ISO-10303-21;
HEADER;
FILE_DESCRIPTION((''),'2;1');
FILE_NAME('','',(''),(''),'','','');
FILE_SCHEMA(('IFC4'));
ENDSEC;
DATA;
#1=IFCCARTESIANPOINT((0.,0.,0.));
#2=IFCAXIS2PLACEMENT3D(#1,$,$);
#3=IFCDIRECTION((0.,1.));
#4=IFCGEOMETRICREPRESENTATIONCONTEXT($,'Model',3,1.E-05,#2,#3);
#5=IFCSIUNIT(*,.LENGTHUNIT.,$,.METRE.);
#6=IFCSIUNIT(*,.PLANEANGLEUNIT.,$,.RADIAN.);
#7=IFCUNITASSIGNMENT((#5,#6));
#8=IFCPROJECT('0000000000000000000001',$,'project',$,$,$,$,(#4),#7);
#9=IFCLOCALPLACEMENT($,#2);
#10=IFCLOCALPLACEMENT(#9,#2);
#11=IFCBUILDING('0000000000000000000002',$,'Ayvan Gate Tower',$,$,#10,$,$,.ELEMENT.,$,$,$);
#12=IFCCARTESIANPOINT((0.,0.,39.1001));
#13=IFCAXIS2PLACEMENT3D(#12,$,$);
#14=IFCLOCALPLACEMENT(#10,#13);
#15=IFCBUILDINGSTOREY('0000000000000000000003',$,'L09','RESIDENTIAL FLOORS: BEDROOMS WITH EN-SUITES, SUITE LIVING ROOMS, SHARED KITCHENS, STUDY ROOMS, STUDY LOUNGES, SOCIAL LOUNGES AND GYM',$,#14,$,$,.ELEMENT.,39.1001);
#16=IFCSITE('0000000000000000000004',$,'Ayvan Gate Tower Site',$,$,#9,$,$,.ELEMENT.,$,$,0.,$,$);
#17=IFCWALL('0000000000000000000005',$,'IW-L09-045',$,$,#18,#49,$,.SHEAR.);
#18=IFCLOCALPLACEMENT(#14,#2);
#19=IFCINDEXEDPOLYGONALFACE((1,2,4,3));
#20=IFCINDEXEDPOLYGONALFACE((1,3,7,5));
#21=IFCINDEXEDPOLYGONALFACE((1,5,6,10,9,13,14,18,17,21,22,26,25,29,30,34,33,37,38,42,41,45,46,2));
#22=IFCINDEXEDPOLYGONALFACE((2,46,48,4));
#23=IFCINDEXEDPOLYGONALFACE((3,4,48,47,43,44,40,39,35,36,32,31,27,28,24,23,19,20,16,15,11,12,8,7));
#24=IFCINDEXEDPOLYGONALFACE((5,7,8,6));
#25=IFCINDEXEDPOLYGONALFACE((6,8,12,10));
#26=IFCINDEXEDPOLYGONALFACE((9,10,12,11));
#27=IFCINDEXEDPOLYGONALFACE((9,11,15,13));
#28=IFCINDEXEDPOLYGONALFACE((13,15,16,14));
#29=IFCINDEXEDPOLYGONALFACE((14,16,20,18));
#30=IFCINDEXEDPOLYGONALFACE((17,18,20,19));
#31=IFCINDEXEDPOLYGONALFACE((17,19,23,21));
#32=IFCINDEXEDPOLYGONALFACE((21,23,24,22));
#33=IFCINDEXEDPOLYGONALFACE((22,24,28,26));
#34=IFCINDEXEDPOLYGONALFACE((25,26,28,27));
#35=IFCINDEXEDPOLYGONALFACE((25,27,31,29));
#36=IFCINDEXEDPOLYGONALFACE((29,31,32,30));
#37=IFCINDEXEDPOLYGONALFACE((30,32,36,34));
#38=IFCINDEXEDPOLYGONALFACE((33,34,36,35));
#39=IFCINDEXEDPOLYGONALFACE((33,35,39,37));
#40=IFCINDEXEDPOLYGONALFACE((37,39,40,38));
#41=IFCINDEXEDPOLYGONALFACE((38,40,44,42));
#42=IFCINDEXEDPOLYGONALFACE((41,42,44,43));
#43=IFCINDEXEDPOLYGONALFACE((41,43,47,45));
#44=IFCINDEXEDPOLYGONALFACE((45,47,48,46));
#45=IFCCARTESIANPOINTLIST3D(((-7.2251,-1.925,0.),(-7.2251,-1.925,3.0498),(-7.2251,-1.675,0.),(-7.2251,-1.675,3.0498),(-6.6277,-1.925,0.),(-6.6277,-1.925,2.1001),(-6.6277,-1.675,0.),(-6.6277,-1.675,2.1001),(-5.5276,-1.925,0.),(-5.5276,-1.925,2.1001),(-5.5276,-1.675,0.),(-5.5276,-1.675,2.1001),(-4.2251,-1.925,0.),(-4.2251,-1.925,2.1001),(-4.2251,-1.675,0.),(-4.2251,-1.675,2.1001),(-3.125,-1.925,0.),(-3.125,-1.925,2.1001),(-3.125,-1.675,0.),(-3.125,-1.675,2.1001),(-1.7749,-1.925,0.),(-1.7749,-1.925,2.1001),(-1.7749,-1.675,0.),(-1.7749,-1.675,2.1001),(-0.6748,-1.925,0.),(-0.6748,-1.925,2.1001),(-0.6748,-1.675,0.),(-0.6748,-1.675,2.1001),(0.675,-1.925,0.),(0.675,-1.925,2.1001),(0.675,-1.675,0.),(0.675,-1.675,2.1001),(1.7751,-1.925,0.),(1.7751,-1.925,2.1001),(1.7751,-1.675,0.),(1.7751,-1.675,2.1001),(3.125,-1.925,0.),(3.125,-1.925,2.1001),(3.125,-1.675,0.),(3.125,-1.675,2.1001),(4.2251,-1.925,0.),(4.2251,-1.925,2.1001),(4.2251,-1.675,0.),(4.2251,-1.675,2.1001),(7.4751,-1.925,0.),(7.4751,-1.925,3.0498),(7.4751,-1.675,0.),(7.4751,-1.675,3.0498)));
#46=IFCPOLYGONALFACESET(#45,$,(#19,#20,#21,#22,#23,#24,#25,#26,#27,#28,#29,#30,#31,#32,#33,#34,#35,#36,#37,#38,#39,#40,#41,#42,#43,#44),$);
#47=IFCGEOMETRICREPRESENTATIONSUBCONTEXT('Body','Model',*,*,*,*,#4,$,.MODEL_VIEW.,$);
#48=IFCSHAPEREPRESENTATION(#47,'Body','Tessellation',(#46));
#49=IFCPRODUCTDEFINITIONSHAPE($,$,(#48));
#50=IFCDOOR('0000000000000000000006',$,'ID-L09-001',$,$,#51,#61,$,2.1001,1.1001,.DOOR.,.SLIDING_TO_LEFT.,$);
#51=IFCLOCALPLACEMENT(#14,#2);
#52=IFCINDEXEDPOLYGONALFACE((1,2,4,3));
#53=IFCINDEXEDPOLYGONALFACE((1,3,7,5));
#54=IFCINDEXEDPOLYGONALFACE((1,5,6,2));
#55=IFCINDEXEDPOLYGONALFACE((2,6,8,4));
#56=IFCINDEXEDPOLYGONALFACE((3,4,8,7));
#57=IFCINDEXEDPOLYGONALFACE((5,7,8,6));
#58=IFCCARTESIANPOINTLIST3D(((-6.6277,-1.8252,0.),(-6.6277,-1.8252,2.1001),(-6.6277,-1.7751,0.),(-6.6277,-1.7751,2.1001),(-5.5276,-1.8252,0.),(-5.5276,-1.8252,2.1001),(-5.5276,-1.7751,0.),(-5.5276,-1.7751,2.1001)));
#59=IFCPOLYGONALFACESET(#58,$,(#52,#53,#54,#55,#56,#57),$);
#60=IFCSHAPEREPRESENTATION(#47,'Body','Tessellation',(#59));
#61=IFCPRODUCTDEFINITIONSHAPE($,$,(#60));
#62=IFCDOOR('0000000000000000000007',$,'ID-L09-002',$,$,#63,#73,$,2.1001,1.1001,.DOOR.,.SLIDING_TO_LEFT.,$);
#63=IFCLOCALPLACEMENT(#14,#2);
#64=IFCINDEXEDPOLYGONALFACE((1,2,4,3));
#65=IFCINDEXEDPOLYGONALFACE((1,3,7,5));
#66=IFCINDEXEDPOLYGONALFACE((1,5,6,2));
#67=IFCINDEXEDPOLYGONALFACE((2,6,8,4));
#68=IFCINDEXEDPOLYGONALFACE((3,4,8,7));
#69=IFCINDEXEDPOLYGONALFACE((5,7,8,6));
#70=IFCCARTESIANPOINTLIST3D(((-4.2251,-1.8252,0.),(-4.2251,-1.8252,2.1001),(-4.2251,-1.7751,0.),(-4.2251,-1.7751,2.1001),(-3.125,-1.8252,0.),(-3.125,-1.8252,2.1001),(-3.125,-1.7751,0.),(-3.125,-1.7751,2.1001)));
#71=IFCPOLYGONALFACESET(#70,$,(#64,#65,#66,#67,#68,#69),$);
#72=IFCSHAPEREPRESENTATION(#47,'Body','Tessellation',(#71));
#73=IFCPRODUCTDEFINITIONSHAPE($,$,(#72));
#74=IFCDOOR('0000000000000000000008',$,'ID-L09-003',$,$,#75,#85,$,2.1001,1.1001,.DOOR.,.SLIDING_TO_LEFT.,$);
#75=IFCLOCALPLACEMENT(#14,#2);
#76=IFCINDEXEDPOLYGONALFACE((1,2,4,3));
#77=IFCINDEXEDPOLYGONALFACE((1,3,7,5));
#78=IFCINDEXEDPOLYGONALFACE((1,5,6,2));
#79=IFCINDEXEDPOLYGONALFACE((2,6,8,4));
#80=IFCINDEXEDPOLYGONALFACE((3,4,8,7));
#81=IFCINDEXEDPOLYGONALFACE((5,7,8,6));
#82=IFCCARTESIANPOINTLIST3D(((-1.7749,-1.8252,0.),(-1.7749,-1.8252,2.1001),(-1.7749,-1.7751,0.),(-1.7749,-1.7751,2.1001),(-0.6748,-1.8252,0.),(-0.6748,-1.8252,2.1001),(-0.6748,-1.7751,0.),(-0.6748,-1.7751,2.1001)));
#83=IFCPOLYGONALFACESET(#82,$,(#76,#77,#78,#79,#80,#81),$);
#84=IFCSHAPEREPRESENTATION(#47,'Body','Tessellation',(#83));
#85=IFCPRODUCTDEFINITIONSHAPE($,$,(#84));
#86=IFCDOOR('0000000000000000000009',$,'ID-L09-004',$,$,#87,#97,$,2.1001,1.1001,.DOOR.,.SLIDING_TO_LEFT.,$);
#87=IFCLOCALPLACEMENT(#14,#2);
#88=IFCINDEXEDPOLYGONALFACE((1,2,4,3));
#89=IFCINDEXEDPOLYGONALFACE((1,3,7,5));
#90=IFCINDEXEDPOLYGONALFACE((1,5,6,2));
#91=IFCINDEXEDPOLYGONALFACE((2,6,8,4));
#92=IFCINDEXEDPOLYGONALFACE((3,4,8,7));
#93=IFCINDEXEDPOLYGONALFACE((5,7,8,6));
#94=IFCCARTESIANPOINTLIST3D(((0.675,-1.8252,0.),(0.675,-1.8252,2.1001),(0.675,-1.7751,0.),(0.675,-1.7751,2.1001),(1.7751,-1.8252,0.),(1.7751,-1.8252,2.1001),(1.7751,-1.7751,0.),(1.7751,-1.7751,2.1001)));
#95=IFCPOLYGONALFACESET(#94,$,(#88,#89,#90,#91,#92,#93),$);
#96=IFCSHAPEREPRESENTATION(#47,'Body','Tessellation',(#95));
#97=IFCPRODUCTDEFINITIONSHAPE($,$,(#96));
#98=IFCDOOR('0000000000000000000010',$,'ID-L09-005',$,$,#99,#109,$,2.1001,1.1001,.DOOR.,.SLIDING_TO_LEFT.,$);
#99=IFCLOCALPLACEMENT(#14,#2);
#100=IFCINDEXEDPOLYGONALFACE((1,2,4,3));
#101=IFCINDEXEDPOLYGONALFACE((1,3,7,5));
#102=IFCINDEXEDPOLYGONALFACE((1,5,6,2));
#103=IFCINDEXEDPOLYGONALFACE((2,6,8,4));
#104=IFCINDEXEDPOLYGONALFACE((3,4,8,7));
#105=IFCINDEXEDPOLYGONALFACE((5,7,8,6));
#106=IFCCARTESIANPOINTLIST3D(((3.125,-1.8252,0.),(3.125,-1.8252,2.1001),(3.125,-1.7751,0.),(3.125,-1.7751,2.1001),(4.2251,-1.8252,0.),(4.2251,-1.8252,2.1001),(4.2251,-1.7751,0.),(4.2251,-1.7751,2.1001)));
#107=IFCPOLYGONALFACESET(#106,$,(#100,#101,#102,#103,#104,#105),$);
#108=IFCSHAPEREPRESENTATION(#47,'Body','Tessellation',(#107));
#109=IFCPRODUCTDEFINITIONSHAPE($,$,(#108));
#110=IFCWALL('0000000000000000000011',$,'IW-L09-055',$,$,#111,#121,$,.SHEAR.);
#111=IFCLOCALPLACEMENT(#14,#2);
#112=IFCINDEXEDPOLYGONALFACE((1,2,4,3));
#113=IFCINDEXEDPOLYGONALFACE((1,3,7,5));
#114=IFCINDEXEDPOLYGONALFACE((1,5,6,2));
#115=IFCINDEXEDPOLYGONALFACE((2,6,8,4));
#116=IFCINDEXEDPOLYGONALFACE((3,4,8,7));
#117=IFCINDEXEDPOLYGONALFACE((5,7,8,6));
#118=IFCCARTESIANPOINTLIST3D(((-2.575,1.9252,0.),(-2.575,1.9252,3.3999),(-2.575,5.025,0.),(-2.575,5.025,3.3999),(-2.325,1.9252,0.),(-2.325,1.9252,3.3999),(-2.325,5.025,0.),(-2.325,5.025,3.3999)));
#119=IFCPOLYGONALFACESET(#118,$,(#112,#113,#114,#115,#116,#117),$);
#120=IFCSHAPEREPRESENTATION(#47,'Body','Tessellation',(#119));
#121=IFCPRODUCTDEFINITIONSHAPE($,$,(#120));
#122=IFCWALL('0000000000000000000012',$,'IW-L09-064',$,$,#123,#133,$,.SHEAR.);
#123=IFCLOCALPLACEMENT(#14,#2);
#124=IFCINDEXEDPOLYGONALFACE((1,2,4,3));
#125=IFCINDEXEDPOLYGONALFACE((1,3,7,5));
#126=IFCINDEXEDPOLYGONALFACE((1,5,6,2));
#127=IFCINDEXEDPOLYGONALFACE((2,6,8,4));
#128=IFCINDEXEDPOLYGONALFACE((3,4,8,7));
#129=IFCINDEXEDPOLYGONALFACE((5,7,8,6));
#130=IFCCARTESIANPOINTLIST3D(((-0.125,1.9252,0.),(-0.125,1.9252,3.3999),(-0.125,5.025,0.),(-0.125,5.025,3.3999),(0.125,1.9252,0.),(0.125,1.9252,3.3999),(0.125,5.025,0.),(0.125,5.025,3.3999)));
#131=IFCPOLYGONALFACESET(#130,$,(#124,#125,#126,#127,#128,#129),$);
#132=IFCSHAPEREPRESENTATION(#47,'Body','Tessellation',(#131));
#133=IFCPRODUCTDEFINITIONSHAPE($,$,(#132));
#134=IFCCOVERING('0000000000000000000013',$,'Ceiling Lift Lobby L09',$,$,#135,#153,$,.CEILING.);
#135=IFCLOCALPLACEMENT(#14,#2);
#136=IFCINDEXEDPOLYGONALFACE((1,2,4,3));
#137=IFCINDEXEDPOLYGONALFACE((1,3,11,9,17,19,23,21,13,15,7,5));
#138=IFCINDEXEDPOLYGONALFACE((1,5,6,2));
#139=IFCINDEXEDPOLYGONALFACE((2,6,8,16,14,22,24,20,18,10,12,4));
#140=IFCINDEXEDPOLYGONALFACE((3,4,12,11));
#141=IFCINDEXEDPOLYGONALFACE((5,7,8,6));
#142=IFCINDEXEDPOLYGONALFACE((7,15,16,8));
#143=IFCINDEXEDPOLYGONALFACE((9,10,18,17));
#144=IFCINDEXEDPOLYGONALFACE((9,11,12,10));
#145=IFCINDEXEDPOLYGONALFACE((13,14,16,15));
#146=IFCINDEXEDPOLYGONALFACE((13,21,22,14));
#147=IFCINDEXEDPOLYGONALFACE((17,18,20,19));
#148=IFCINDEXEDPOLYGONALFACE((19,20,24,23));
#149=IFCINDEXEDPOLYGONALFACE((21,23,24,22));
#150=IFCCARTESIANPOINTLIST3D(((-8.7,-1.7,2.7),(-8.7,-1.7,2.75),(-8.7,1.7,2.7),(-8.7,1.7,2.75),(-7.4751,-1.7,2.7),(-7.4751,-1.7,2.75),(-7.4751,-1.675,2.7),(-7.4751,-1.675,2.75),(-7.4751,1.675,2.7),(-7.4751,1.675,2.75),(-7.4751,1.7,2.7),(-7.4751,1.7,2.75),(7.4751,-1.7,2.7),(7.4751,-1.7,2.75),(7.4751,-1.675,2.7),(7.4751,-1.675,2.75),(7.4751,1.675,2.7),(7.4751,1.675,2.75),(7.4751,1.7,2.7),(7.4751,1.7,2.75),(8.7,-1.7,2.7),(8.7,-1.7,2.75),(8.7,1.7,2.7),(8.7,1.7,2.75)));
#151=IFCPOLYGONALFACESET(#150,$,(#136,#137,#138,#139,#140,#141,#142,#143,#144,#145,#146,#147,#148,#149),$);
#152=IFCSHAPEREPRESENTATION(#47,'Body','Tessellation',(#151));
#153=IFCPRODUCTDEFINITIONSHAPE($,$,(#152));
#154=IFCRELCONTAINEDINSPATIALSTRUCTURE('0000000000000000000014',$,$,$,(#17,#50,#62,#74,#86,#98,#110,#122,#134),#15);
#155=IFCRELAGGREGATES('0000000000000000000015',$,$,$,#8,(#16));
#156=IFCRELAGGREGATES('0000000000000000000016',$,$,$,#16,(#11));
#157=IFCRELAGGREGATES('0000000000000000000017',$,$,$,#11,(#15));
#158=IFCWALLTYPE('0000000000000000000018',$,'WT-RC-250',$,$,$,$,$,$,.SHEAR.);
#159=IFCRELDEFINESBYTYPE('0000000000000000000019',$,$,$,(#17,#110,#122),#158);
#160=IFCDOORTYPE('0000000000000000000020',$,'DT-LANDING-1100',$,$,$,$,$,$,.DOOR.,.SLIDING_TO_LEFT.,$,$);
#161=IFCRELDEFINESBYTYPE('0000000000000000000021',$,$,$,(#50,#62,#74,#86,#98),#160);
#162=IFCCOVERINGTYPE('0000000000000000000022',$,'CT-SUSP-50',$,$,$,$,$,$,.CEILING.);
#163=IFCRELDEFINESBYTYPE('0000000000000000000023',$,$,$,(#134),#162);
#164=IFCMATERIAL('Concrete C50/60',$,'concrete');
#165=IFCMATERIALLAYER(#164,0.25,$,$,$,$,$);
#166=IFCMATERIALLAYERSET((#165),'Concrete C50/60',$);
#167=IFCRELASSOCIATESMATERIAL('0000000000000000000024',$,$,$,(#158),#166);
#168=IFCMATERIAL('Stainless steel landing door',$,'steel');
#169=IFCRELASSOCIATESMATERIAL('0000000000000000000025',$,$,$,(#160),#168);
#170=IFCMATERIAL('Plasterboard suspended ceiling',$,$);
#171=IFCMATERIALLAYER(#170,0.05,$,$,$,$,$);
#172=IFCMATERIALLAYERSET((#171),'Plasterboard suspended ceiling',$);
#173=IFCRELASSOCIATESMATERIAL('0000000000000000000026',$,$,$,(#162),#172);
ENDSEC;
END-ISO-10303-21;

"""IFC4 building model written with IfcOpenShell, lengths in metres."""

from ifc_helpers import new_model, si_unit, direction, frame, frame_2d, origin, place, context, subcontext, project, spatial, polyline, rectangle, outline, extrude, material, layer, layer_set, type_object, element, fill, save


model = new_model("IFC4")

# Units and contexts
model_context = context("Model", 3, precision=1e-05, world=origin(), true_north=direction((0.0, 1.0)))
body_context = subcontext(model_context, "Body", "Model", "MODEL_VIEW")
ifc_project = project(units=[si_unit("LENGTHUNIT", "METRE"), si_unit("PLANEANGLEUNIT", "RADIAN")], contexts=[model_context])

# Site, building, storey
site_placement = place(None, origin())
site = spatial("IfcSite", under=ifc_project, at=site_placement, Name="Ayvan Gate Tower Site", CompositionType="ELEMENT", RefElevation=0.0)
building_placement = place(site_placement, origin())
building = spatial("IfcBuilding", under=site, at=building_placement, Name="Ayvan Gate Tower", CompositionType="ELEMENT")
storey_placement = place(building_placement, frame((0.0, 0.0, 39.1001)))
storey = spatial("IfcBuildingStorey", under=building, at=storey_placement, Name="L09", Description="RESIDENTIAL FLOORS: BEDROOMS WITH EN-SUITES, SUITE LIVING ROOMS, SHARED KITCHENS, STUDY ROOMS, STUDY LOUNGES, SOCIAL LOUNGES AND GYM", CompositionType="ELEMENT", Elevation=39.1001)

# Shared definitions
ifc_material_1 = material(Name="Concrete C50/60", Category="concrete")
ifc_layer_1 = layer(ifc_material_1, 0.25)
ifc_layer_set_1 = layer_set([ifc_layer_1], Name="Concrete C50/60")
wall_type_1 = type_object("IfcWallType", Name="WT-RC-250", PredefinedType="SHEAR", material=ifc_layer_set_1)

# Wall, openings, doors
wall_1_placement = place(storey_placement, frame((-7.2251, -1.8, 0.0), z_axis=(0.0, 0.0, 1.0), x_axis=(1.0, 0.0, 0.0)))
wall_1 = element("IfcWall", 1, at=wall_1_placement, inside=storey, type_object=wall_type_1, Name="IW-L09-045", PredefinedType="SHEAR", context=body_context, shape_type="SweptSolid", body=[
    extrude(rectangle(XDim=14.7002, YDim=0.25, at=frame_2d((7.3501, 0.0))), origin(), (0.0, 0.0, 1.0), 3.0498),
])
opening_1_placement = place(wall_1_placement, frame((0.5974, 0.0, 0.0)))
opening_1 = element("IfcOpeningElement", 2, at=opening_1_placement, cuts=wall_1, PredefinedType="OPENING", context=body_context, shape_type="SweptSolid", body=[
    extrude(rectangle(XDim=1.1001, YDim=2.1001, at=frame_2d((0.55, 1.05))), frame((0.0, 0.135, 0.0), z_axis=(0.0, -1.0, 0.0), x_axis=(1.0, 0.0, 0.0)), (0.0, 0.0, 1.0), 0.27),
])
opening_2_placement = place(wall_1_placement, frame((3.0, 0.0, 0.0)))
opening_2 = element("IfcOpeningElement", 3, at=opening_2_placement, cuts=wall_1, PredefinedType="OPENING", context=body_context, shape_type="SweptSolid", body=[
    extrude(rectangle(XDim=1.1001, YDim=2.1001, at=frame_2d((0.55, 1.05))), frame((0.0, 0.135, 0.0), z_axis=(0.0, -1.0, 0.0), x_axis=(1.0, 0.0, 0.0)), (0.0, 0.0, 1.0), 0.27),
])
opening_3_placement = place(wall_1_placement, frame((5.4502, 0.0, 0.0)))
opening_3 = element("IfcOpeningElement", 4, at=opening_3_placement, cuts=wall_1, PredefinedType="OPENING", context=body_context, shape_type="SweptSolid", body=[
    extrude(rectangle(XDim=1.1001, YDim=2.1001, at=frame_2d((0.55, 1.05))), frame((0.0, 0.135, 0.0), z_axis=(0.0, -1.0, 0.0), x_axis=(1.0, 0.0, 0.0)), (0.0, 0.0, 1.0), 0.27),
])
opening_4_placement = place(wall_1_placement, frame((7.9001, 0.0, 0.0)))
opening_4 = element("IfcOpeningElement", 5, at=opening_4_placement, cuts=wall_1, PredefinedType="OPENING", context=body_context, shape_type="SweptSolid", body=[
    extrude(rectangle(XDim=1.1001, YDim=2.1001, at=frame_2d((0.55, 1.05))), frame((0.0, 0.135, 0.0), z_axis=(0.0, -1.0, 0.0), x_axis=(1.0, 0.0, 0.0)), (0.0, 0.0, 1.0), 0.27),
])
opening_5_placement = place(wall_1_placement, frame((10.3501, 0.0, 0.0)))
opening_5 = element("IfcOpeningElement", 6, at=opening_5_placement, cuts=wall_1, PredefinedType="OPENING", context=body_context, shape_type="SweptSolid", body=[
    extrude(rectangle(XDim=1.1001, YDim=2.1001, at=frame_2d((0.55, 1.05))), frame((0.0, 0.135, 0.0), z_axis=(0.0, -1.0, 0.0), x_axis=(1.0, 0.0, 0.0)), (0.0, 0.0, 1.0), 0.27),
])
ifc_material_2 = material(Name="Stainless steel landing door", Category="steel")
door_type = type_object("IfcDoorType", Name="DT-LANDING-1100", OperationType="SLIDING_TO_LEFT", PredefinedType="DOOR", material=ifc_material_2)
door_1_placement = place(opening_1_placement, origin())
door_1 = element("IfcDoor", 7, at=door_1_placement, inside=storey, type_object=door_type, Name="ID-L09-001", OperationType="SLIDING_TO_LEFT", OverallHeight=2.1001, OverallWidth=1.1001, PredefinedType="DOOR", context=body_context, shape_type="SweptSolid", body=[
    extrude(rectangle(XDim=1.1001, YDim=2.1001, at=frame_2d((0.55, 1.05))), frame((0.0, 0.0249, 0.0), z_axis=(0.0, -1.0, 0.0), x_axis=(1.0, 0.0, 0.0)), (0.0, 0.0, 1.0), 0.05),
])
fill(opening_1, door_1)
door_2_placement = place(opening_2_placement, origin())
door_2 = element("IfcDoor", 8, at=door_2_placement, inside=storey, type_object=door_type, Name="ID-L09-002", OperationType="SLIDING_TO_LEFT", OverallHeight=2.1001, OverallWidth=1.1001, PredefinedType="DOOR", context=body_context, shape_type="SweptSolid", body=[
    extrude(rectangle(XDim=1.1001, YDim=2.1001, at=frame_2d((0.55, 1.05))), frame((0.0, 0.0249, 0.0), z_axis=(0.0, -1.0, 0.0), x_axis=(1.0, 0.0, 0.0)), (0.0, 0.0, 1.0), 0.05),
])
fill(opening_2, door_2)
door_3_placement = place(opening_3_placement, origin())
door_3 = element("IfcDoor", 9, at=door_3_placement, inside=storey, type_object=door_type, Name="ID-L09-003", OperationType="SLIDING_TO_LEFT", OverallHeight=2.1001, OverallWidth=1.1001, PredefinedType="DOOR", context=body_context, shape_type="SweptSolid", body=[
    extrude(rectangle(XDim=1.1001, YDim=2.1001, at=frame_2d((0.55, 1.05))), frame((0.0, 0.0249, 0.0), z_axis=(0.0, -1.0, 0.0), x_axis=(1.0, 0.0, 0.0)), (0.0, 0.0, 1.0), 0.05),
])
fill(opening_3, door_3)
door_4_placement = place(opening_4_placement, origin())
door_4 = element("IfcDoor", 10, at=door_4_placement, inside=storey, type_object=door_type, Name="ID-L09-004", OperationType="SLIDING_TO_LEFT", OverallHeight=2.1001, OverallWidth=1.1001, PredefinedType="DOOR", context=body_context, shape_type="SweptSolid", body=[
    extrude(rectangle(XDim=1.1001, YDim=2.1001, at=frame_2d((0.55, 1.05))), frame((0.0, 0.0249, 0.0), z_axis=(0.0, -1.0, 0.0), x_axis=(1.0, 0.0, 0.0)), (0.0, 0.0, 1.0), 0.05),
])
fill(opening_4, door_4)
door_5_placement = place(opening_5_placement, origin())
door_5 = element("IfcDoor", 11, at=door_5_placement, inside=storey, type_object=door_type, Name="ID-L09-005", OperationType="SLIDING_TO_LEFT", OverallHeight=2.1001, OverallWidth=1.1001, PredefinedType="DOOR", context=body_context, shape_type="SweptSolid", body=[
    extrude(rectangle(XDim=1.1001, YDim=2.1001, at=frame_2d((0.55, 1.05))), frame((0.0, 0.0249, 0.0), z_axis=(0.0, -1.0, 0.0), x_axis=(1.0, 0.0, 0.0)), (0.0, 0.0, 1.0), 0.05),
])
fill(opening_5, door_5)

# Walls
for number, where, z_axis, x_axis, name in (
    (12, (-2.45, 5.0249, 0.0), (0.0, 0.0, 1.0), (0.0, -1.0, 0.0), "IW-L09-055"),
    (13, (0.0, 5.0249, 0.0), (0.0, 0.0, 1.0), (0.0, -1.0, 0.0), "IW-L09-064"),
):
    element("IfcWall", number, at=place(storey_placement, frame(where, z_axis=z_axis, x_axis=x_axis)), inside=storey, type_object=wall_type_1, Name=name, PredefinedType="SHEAR", context=body_context, shape_type="SweptSolid", body=[
        extrude(rectangle(XDim=3.0999, YDim=0.25, at=frame_2d((1.5498, 0.0))), origin(), (0.0, 0.0, 1.0), 3.3999),
    ])

# Covering
ifc_material_3 = material(Name="Plasterboard suspended ceiling")
ifc_layer_2 = layer(ifc_material_3, 0.05)
ifc_layer_set_2 = layer_set([ifc_layer_2], Name="Plasterboard suspended ceiling")
covering_type = type_object("IfcCoveringType", Name="CT-SUSP-50", PredefinedType="CEILING", material=ifc_layer_set_2)
covering_1_placement = place(storey_placement, frame((0.0, 0.0, 2.7)))
element("IfcCovering", 14, at=covering_1_placement, inside=storey, type_object=covering_type, Name="Ceiling Lift Lobby L09", PredefinedType="CEILING", context=body_context, shape_type="SweptSolid", body=[
    extrude(outline(polyline([(7.4751, -1.675), (-7.4751, -1.675), (-7.4751, -1.7), (-8.7, -1.7), (-8.7, 1.7), (-7.4751, 1.7), (-7.4751, 1.675), (7.4751, 1.675), (7.4751, 1.7), (8.7, 1.7), (8.7, -1.7), (7.4751, -1.7), (7.4751, -1.675)])), origin(), (0.0, 0.0, 1.0), 0.05),
])

save(model, "model.ifc")
